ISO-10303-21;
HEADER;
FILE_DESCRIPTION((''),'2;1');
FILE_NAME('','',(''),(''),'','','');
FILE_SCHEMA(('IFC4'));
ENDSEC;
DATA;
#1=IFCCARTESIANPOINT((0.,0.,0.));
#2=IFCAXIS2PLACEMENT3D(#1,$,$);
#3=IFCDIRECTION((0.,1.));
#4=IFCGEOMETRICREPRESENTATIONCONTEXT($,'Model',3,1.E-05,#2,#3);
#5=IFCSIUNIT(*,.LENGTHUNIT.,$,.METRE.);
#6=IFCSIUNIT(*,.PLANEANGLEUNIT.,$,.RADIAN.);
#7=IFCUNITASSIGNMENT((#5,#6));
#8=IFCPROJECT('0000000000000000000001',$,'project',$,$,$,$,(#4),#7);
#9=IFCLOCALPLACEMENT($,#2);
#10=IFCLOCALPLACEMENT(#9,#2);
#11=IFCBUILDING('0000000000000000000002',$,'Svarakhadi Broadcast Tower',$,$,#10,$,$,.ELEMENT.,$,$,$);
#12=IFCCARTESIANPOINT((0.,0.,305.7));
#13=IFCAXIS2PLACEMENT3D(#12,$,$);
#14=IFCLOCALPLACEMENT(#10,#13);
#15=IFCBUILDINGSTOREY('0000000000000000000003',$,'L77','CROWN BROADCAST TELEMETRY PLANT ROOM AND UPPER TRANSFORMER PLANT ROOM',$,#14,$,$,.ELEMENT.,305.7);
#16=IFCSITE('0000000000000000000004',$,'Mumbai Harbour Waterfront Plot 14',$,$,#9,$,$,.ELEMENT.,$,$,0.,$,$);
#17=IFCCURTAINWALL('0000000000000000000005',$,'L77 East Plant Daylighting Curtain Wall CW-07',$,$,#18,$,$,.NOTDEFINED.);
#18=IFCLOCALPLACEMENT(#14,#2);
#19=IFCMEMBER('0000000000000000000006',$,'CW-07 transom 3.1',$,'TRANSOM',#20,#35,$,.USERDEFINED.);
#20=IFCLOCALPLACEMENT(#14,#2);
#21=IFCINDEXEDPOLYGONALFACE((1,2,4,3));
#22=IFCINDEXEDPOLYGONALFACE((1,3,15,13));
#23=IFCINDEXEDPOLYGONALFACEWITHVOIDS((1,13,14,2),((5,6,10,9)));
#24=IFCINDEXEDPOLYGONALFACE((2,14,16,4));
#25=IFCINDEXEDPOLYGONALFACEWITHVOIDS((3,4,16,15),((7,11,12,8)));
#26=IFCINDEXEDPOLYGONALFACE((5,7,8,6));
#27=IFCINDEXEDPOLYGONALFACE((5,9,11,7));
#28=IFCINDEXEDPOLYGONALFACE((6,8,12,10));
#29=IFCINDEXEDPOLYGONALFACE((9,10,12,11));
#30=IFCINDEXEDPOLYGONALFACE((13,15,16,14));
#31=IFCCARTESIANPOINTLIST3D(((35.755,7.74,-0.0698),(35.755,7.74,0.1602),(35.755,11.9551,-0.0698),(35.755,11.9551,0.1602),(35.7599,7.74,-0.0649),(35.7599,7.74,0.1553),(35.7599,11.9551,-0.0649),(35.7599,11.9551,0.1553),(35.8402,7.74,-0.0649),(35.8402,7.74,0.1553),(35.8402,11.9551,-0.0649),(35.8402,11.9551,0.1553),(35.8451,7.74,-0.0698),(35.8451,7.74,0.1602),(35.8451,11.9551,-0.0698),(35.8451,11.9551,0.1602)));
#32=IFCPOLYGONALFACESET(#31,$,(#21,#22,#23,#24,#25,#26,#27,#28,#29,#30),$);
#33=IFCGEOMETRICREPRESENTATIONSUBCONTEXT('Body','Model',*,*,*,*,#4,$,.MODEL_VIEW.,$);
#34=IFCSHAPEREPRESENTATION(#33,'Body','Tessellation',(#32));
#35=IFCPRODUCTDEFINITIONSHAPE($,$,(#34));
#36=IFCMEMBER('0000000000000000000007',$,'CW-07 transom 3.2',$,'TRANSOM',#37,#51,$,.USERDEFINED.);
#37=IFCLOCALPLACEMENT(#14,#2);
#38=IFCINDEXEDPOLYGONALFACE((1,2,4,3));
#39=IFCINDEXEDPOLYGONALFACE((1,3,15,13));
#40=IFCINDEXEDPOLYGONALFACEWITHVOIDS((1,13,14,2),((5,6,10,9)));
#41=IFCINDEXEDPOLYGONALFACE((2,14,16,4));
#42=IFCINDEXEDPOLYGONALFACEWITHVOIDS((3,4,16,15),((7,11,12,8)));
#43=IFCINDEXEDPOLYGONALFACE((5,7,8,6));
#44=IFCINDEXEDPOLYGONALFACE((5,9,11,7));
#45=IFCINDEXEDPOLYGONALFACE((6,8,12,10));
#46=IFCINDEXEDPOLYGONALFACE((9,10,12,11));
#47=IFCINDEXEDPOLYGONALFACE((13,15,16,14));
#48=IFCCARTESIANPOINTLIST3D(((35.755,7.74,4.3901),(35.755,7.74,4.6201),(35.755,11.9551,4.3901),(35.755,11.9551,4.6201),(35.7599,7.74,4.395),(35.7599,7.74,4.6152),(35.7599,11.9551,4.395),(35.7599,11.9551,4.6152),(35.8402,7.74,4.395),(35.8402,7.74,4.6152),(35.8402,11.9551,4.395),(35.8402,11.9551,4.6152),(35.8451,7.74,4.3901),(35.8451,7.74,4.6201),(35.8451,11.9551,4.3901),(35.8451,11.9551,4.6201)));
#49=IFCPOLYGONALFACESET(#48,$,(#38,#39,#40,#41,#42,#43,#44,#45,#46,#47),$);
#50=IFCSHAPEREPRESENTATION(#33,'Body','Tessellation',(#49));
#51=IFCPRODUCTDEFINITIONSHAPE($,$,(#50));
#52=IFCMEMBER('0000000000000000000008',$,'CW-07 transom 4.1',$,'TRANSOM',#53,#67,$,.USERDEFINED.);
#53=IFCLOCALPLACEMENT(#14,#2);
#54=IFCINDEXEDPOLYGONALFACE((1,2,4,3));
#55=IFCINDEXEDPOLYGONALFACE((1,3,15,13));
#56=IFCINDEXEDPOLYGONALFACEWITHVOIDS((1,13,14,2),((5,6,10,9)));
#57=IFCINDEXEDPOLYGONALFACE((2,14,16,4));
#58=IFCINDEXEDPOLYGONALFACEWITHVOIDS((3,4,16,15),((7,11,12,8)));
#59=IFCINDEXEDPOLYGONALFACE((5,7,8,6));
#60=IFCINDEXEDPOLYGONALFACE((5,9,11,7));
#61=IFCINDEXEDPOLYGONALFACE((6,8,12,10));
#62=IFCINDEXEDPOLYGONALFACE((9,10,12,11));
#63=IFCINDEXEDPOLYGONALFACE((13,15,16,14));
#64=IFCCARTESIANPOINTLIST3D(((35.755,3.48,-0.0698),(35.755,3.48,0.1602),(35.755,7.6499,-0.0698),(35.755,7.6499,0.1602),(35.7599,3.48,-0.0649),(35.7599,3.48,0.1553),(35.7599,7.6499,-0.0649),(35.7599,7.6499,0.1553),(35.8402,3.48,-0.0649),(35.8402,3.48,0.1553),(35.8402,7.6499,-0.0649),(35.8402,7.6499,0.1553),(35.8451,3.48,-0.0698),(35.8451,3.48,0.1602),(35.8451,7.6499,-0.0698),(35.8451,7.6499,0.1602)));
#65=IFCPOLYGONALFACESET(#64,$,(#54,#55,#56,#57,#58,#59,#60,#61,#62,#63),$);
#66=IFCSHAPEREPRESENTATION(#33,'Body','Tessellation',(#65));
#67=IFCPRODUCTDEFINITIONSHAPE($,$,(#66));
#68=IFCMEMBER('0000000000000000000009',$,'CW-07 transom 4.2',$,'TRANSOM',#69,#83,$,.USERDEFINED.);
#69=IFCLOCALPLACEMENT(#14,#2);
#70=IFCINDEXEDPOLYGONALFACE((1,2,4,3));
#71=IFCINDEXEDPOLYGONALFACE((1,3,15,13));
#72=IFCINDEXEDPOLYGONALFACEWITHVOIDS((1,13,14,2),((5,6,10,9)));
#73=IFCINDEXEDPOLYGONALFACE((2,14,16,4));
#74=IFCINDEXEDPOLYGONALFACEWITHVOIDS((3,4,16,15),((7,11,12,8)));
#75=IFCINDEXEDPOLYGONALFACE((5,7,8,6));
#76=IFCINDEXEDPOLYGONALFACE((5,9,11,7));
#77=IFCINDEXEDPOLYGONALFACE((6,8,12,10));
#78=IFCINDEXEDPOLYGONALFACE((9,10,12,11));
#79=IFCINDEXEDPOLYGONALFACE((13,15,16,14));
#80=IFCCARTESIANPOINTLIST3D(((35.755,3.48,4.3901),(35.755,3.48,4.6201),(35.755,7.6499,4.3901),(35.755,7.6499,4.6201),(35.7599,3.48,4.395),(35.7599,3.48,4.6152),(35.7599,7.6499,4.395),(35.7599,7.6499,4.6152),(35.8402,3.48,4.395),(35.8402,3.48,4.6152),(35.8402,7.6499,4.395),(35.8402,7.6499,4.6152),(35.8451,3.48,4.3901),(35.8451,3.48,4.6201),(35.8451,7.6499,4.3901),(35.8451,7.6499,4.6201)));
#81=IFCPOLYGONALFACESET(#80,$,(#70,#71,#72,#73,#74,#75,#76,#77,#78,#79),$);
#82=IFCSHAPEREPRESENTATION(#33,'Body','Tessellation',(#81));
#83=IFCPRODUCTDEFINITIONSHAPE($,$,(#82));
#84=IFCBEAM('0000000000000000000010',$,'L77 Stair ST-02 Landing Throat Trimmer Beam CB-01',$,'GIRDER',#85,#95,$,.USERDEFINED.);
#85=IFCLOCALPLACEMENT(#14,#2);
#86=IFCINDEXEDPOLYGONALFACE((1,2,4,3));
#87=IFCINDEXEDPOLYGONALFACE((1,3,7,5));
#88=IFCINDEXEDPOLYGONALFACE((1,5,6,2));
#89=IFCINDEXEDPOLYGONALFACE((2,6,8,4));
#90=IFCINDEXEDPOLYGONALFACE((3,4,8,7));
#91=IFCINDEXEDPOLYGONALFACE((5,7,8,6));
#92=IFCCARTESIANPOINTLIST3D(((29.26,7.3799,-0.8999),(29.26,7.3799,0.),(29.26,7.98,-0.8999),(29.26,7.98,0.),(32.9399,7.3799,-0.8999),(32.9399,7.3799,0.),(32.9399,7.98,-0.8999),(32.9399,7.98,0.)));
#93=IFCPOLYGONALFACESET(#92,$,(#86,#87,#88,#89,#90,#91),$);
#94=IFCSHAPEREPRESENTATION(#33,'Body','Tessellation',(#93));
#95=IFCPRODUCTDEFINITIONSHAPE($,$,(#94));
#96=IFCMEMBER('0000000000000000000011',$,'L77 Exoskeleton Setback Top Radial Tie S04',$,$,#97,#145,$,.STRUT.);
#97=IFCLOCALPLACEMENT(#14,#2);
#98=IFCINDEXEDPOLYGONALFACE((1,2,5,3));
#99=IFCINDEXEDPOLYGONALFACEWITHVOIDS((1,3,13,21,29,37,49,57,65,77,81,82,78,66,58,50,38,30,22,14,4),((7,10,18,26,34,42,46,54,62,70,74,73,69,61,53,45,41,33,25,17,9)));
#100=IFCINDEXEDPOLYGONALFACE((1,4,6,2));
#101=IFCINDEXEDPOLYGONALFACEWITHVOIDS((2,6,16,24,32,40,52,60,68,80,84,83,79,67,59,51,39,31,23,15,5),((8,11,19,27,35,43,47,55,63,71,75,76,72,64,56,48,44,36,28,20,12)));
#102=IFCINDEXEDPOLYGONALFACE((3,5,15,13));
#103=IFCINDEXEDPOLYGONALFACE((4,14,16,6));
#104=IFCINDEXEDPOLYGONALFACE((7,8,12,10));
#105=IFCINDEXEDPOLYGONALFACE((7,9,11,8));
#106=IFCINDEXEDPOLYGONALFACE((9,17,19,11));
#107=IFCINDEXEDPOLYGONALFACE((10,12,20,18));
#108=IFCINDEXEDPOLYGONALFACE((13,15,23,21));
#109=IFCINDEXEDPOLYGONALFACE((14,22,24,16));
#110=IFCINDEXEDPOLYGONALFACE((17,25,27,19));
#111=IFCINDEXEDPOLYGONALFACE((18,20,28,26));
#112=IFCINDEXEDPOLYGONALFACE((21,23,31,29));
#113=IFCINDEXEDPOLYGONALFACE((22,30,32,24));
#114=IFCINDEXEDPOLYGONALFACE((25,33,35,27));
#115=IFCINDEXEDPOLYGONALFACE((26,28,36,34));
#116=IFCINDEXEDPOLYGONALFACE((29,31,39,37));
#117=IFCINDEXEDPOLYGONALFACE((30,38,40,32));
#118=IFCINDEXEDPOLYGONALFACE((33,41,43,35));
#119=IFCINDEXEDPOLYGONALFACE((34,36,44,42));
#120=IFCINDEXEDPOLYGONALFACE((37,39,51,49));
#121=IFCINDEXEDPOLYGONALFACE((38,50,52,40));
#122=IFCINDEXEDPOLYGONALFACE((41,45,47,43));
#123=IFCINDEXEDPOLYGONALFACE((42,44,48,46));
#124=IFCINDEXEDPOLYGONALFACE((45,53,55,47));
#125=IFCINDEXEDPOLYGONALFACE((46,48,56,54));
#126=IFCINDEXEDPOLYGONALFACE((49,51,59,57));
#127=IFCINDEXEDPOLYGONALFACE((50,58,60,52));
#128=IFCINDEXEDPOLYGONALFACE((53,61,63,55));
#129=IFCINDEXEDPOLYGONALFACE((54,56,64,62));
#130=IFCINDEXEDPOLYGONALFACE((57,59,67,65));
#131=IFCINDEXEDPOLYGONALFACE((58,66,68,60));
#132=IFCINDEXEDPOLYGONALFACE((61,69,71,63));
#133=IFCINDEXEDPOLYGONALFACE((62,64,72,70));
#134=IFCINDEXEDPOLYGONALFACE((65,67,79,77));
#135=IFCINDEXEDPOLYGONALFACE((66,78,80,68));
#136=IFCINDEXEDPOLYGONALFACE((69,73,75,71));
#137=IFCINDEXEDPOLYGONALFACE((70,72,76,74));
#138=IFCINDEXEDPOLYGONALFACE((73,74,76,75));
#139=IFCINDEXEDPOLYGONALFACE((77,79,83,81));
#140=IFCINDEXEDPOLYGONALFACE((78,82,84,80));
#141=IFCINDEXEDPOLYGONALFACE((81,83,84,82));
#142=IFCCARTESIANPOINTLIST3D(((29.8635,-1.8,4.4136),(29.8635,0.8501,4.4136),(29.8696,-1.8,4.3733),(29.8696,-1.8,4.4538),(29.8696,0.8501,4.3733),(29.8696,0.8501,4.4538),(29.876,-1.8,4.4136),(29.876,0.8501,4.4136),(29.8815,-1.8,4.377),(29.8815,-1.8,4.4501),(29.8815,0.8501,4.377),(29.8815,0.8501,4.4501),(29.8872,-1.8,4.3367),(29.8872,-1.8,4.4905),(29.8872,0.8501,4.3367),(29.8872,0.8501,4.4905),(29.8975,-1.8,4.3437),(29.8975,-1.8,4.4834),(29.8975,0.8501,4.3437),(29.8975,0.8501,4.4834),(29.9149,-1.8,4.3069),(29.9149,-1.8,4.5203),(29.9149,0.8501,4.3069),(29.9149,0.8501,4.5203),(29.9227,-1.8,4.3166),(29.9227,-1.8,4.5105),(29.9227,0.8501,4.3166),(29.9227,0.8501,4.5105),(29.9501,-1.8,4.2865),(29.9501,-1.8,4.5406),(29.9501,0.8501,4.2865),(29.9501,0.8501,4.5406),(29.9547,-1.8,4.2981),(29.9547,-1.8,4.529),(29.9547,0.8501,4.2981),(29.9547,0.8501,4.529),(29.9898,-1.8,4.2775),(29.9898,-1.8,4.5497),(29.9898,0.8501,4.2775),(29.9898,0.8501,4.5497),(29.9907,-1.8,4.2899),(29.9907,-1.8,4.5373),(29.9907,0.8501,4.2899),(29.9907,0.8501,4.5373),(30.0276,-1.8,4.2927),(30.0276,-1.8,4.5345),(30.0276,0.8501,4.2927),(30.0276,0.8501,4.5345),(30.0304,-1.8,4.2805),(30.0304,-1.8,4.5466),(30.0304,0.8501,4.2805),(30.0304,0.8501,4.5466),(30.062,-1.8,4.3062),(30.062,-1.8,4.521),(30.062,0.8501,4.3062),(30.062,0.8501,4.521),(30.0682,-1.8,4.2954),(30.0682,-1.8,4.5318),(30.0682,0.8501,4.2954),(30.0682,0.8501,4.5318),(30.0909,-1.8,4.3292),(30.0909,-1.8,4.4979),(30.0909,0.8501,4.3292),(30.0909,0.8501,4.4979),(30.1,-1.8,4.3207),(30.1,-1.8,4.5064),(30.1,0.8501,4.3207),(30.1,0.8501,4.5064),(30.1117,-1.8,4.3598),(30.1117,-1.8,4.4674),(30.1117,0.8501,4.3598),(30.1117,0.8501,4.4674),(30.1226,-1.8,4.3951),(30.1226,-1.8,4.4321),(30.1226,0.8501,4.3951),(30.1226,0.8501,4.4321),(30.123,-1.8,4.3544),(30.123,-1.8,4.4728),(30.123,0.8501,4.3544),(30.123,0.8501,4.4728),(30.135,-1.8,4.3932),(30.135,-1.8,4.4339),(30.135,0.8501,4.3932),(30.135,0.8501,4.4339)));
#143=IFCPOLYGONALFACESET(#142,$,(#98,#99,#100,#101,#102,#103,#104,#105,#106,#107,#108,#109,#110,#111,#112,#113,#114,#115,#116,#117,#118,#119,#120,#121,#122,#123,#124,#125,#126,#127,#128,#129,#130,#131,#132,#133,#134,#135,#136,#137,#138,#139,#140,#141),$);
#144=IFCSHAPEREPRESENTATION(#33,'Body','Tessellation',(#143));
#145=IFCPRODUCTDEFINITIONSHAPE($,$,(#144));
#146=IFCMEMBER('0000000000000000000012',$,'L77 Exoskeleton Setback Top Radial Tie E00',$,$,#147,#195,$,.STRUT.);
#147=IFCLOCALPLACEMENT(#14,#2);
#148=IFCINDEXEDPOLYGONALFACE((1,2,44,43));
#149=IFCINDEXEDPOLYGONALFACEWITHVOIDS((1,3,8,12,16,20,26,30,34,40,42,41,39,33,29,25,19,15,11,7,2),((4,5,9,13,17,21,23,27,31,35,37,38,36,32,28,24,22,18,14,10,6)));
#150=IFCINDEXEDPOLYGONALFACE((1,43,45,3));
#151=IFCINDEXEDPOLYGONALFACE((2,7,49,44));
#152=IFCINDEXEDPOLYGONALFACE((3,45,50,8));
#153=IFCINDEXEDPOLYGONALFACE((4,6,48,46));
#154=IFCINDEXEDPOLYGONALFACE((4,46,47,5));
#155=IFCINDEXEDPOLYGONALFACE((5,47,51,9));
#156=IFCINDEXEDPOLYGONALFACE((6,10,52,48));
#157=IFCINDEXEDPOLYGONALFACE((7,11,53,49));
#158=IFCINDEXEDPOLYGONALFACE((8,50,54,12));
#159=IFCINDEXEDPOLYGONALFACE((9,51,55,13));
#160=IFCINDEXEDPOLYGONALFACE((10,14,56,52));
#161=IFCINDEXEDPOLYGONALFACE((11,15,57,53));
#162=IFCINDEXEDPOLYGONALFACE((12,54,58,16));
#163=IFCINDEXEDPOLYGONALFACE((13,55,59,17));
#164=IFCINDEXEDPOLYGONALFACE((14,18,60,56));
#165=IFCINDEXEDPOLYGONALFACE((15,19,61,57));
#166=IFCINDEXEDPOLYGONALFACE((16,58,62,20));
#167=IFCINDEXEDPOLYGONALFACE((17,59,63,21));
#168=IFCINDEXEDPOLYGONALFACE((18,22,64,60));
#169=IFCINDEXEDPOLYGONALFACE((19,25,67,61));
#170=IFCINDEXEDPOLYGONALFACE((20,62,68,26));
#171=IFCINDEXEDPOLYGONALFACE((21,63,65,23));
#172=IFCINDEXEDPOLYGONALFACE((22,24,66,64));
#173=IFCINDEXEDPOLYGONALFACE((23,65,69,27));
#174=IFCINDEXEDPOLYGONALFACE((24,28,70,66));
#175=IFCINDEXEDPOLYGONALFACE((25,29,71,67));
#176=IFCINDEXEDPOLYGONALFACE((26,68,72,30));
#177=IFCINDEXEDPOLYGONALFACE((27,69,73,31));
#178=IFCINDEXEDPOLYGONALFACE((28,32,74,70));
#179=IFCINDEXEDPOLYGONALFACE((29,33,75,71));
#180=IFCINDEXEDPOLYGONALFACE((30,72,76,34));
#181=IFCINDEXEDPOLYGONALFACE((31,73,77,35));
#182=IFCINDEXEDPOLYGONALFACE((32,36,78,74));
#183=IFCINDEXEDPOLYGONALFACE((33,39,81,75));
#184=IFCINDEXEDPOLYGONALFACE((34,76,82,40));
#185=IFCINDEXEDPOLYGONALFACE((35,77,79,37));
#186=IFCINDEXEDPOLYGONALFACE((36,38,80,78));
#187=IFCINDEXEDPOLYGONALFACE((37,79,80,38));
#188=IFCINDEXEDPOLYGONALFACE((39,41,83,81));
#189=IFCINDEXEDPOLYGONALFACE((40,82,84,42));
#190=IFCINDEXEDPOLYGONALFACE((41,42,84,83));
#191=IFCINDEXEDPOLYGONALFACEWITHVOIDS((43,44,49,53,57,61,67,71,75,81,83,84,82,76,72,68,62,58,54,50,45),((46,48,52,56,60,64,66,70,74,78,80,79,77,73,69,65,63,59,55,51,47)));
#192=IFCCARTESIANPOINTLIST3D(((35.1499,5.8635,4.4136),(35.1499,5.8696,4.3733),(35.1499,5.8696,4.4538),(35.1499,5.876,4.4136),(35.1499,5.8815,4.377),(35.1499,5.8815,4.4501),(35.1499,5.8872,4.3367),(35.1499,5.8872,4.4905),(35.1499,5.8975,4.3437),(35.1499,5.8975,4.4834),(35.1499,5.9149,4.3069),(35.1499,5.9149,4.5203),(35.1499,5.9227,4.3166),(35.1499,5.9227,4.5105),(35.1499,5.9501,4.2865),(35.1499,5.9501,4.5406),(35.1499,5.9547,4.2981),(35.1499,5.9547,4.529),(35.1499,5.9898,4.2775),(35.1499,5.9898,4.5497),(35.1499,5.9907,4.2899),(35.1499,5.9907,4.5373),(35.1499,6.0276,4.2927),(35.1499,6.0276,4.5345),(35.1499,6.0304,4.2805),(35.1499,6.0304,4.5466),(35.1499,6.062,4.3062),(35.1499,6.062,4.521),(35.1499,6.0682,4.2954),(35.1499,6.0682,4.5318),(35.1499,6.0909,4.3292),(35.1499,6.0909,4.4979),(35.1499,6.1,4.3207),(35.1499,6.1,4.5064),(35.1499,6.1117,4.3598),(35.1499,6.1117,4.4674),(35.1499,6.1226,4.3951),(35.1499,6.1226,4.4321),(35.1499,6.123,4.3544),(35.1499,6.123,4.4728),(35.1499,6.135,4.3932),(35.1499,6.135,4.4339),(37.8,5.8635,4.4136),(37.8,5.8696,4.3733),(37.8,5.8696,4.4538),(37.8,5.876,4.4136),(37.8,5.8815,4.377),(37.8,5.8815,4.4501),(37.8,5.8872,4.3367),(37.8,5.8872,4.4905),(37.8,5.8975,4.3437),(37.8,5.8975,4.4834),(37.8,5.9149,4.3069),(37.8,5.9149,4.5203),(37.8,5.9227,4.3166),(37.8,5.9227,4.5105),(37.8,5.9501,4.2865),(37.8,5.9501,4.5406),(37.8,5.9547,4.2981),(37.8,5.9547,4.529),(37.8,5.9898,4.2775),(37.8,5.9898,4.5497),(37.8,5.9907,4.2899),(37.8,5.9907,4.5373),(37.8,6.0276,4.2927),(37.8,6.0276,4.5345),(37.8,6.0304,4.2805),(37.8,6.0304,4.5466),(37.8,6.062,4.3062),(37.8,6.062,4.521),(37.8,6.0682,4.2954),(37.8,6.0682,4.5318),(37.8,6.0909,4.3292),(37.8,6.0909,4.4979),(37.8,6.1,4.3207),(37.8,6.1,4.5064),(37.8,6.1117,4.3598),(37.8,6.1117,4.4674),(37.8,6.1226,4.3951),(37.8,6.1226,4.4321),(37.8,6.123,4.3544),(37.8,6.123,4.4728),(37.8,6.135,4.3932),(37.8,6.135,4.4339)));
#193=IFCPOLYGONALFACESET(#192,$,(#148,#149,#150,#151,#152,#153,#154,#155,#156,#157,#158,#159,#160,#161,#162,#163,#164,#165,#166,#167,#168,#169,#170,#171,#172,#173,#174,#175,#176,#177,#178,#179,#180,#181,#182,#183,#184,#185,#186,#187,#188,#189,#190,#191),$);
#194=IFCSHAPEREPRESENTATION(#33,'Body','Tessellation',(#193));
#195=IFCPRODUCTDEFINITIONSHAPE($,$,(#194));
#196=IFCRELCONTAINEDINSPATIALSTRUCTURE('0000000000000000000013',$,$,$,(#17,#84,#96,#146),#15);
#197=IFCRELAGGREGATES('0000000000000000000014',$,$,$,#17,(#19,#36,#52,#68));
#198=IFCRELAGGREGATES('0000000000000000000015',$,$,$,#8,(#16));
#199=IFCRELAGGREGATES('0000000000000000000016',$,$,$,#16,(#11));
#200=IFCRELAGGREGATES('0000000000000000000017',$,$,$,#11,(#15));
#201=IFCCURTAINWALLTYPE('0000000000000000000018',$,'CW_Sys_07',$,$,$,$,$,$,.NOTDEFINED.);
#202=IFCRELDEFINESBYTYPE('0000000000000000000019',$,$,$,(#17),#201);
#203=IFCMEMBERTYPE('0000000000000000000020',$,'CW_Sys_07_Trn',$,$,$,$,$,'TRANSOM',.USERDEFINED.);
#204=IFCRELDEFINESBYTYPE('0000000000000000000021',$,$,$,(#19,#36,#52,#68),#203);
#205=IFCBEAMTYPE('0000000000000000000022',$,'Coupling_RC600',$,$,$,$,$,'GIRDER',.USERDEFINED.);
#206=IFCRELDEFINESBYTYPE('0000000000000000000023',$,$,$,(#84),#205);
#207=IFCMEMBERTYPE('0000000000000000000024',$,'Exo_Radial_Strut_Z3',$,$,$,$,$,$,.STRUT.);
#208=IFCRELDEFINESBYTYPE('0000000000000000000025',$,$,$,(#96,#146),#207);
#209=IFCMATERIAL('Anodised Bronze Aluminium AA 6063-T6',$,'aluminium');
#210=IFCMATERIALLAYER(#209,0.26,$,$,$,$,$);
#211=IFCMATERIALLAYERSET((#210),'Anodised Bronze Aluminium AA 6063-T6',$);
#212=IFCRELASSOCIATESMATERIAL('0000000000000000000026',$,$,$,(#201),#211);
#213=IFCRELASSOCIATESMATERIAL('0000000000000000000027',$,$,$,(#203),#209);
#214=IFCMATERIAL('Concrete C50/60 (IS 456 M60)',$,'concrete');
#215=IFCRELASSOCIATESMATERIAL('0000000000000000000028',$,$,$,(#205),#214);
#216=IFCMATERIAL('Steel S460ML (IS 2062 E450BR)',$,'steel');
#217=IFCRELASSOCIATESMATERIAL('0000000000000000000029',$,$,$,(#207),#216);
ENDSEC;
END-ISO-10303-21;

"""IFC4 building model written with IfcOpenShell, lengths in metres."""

from ifc_helpers import new_model, si_unit, direction, frame, origin, origin_2d, place, context, subcontext, project, spatial, rectangle, hollow_rectangle, hollow_circle, extrude, material, layer, layer_set, material_profile, profile_set, type_object, element, aggregate, save


model = new_model("IFC4")

# Units and contexts
model_context = context("Model", 3, precision=1e-05, world=origin(), true_north=direction((0.0, 1.0)))
body_context = subcontext(model_context, "Body", "Model", "MODEL_VIEW")
ifc_project = project(units=[si_unit("LENGTHUNIT", "METRE"), si_unit("PLANEANGLEUNIT", "RADIAN")], contexts=[model_context])

# Site, building, storey
site_placement = place(None, origin())
site = spatial("IfcSite", under=ifc_project, at=site_placement, Name="Mumbai Harbour Waterfront Plot 14", CompositionType="ELEMENT", RefElevation=0.0)
building_placement = place(site_placement, origin())
building = spatial("IfcBuilding", under=site, at=building_placement, Name="Svarakhadi Broadcast Tower", CompositionType="ELEMENT")
storey_placement = place(building_placement, frame((0.0, 0.0, 305.7)))
storey = spatial("IfcBuildingStorey", under=building, at=storey_placement, Name="L77", Description="CROWN BROADCAST TELEMETRY PLANT ROOM AND UPPER TRANSFORMER PLANT ROOM", CompositionType="ELEMENT", Elevation=305.7)

# Shared definitions
ifc_material_1 = material(Name="Concrete C50/60 (IS 456 M60)", Category="concrete")
ifc_material_2 = material(Name="Steel S460ML (IS 2062 E450BR)", Category="steel")

# Curtain wall, members
ifc_material_3 = material(Name="Anodised Bronze Aluminium AA 6063-T6", Category="aluminium")
ifc_layer_1 = layer(ifc_material_3, 0.26)
ifc_layer_set_1 = layer_set([ifc_layer_1], Name="Anodised Bronze Aluminium AA 6063-T6")
curtain_wall_type = type_object("IfcCurtainWallType", Name="CW_Sys_07", PredefinedType="NOTDEFINED", material=ifc_layer_set_1)
curtain_wall_placement = place(storey_placement, origin())
curtain_wall = element("IfcCurtainWall", 1, at=curtain_wall_placement, inside=storey, type_object=curtain_wall_type, Name="L77 East Plant Daylighting Curtain Wall CW-07", PredefinedType="NOTDEFINED")
ifc_material_profile_1 = material_profile(ifc_material_3, hollow_rectangle(XDim=0.0901, YDim=0.23, WallThickness=0.0049, at=origin_2d()), Name="ALU TRANSOM 230x90x5")
ifc_profile_set_1 = profile_set([ifc_material_profile_1], Name="Anodised Bronze Aluminium AA 6063-T6")
member_type_1 = type_object("IfcMemberType", Name="CW_Sys_07_Trn", ElementType="TRANSOM", PredefinedType="USERDEFINED", material=ifc_profile_set_1)
member_1_placement = place(storey_placement, frame((35.8, 11.9551, 0.0452), z_axis=(0.0, -1.0, 0.0), x_axis=(1.0, 0.0, 0.0)))
member_1 = element("IfcMember", 2, at=member_1_placement, type_object=member_type_1, Name="CW-07 transom 3.1", ObjectType="TRANSOM", PredefinedType="USERDEFINED", context=body_context, shape_type="SweptSolid", body=[
    extrude(hollow_rectangle(XDim=0.0901, YDim=0.23, WallThickness=0.0049, at=origin_2d()), origin(), (0.0, 0.0, 1.0), 4.2151),
])
member_2_placement = place(storey_placement, frame((35.8, 11.9551, 4.5051), z_axis=(0.0, -1.0, 0.0), x_axis=(1.0, 0.0, 0.0)))
member_2 = element("IfcMember", 3, at=member_2_placement, type_object=member_type_1, Name="CW-07 transom 3.2", ObjectType="TRANSOM", PredefinedType="USERDEFINED", context=body_context, shape_type="SweptSolid", body=[
    extrude(hollow_rectangle(XDim=0.0901, YDim=0.23, WallThickness=0.0049, at=origin_2d()), origin(), (0.0, 0.0, 1.0), 4.2151),
])
member_3_placement = place(storey_placement, frame((35.8, 7.6499, 0.0452), z_axis=(0.0, -1.0, 0.0), x_axis=(1.0, 0.0, 0.0)))
member_3 = element("IfcMember", 4, at=member_3_placement, type_object=member_type_1, Name="CW-07 transom 4.1", ObjectType="TRANSOM", PredefinedType="USERDEFINED", context=body_context, shape_type="SweptSolid", body=[
    extrude(hollow_rectangle(XDim=0.0901, YDim=0.23, WallThickness=0.0049, at=origin_2d()), origin(), (0.0, 0.0, 1.0), 4.1699),
])
member_4_placement = place(storey_placement, frame((35.8, 7.6499, 4.5051), z_axis=(0.0, -1.0, 0.0), x_axis=(1.0, 0.0, 0.0)))
member_4 = element("IfcMember", 5, at=member_4_placement, type_object=member_type_1, Name="CW-07 transom 4.2", ObjectType="TRANSOM", PredefinedType="USERDEFINED", context=body_context, shape_type="SweptSolid", body=[
    extrude(hollow_rectangle(XDim=0.0901, YDim=0.23, WallThickness=0.0049, at=origin_2d()), origin(), (0.0, 0.0, 1.0), 4.1699),
])

# Beam
ifc_material_profile_2 = material_profile(ifc_material_1, rectangle(XDim=0.6001, YDim=0.8999, at=origin_2d()), Name="RC 600x900")
ifc_profile_set_2 = profile_set([ifc_material_profile_2], Name="Concrete C50/60 (IS 456 M60)")
beam_type_1 = type_object("IfcBeamType", Name="Coupling_RC600", ElementType="GIRDER", PredefinedType="USERDEFINED", material=ifc_profile_set_2)
beam_1_placement = place(storey_placement, frame((29.26, 7.6799, -0.45), z_axis=(1.0, 0.0, 0.0), x_axis=(0.0, 1.0, 0.0)))
element("IfcBeam", 6, at=beam_1_placement, inside=storey, type_object=beam_type_1, Name="L77 Stair ST-02 Landing Throat Trimmer Beam CB-01", ObjectType="GIRDER", PredefinedType="USERDEFINED", context=body_context, shape_type="SweptSolid", body=[
    extrude(rectangle(XDim=0.6001, YDim=0.8999, at=origin_2d()), origin(), (0.0, 0.0, 1.0), 3.6799),
])

# Members
ifc_material_profile_3 = material_profile(ifc_material_2, hollow_circle(Radius=0.1365, WallThickness=0.0125, at=origin_2d()), Name="CHS 273x12.5")
ifc_profile_set_3 = profile_set([ifc_material_profile_3], Name="Steel S460ML (IS 2062 E450BR)")
member_type_2 = type_object("IfcMemberType", Name="Exo_Radial_Strut_Z3", PredefinedType="STRUT", material=ifc_profile_set_3)
for number, where, z_axis, x_axis, name in (
    (7, (30.0, -1.8, 4.4136), (0.0, 1.0, 0.0), (-1.0, 0.0, 0.0), "L77 Exoskeleton Setback Top Radial Tie S04"),
    (8, (37.8, 6.0, 4.4136), (-1.0, 0.0, 0.0), (0.0, -1.0, 0.0), "L77 Exoskeleton Setback Top Radial Tie E00"),
):
    element("IfcMember", number, at=place(storey_placement, frame(where, z_axis=z_axis, x_axis=x_axis)), inside=storey, type_object=member_type_2, Name=name, PredefinedType="STRUT", context=body_context, shape_type="SweptSolid", body=[
        extrude(hollow_circle(Radius=0.1365, WallThickness=0.0125, at=origin_2d()), origin(), (0.0, 0.0, 1.0), 2.6501),
    ])

aggregate(curtain_wall, [member_1, member_2, member_3, member_4])

save(model, "model.ifc")
